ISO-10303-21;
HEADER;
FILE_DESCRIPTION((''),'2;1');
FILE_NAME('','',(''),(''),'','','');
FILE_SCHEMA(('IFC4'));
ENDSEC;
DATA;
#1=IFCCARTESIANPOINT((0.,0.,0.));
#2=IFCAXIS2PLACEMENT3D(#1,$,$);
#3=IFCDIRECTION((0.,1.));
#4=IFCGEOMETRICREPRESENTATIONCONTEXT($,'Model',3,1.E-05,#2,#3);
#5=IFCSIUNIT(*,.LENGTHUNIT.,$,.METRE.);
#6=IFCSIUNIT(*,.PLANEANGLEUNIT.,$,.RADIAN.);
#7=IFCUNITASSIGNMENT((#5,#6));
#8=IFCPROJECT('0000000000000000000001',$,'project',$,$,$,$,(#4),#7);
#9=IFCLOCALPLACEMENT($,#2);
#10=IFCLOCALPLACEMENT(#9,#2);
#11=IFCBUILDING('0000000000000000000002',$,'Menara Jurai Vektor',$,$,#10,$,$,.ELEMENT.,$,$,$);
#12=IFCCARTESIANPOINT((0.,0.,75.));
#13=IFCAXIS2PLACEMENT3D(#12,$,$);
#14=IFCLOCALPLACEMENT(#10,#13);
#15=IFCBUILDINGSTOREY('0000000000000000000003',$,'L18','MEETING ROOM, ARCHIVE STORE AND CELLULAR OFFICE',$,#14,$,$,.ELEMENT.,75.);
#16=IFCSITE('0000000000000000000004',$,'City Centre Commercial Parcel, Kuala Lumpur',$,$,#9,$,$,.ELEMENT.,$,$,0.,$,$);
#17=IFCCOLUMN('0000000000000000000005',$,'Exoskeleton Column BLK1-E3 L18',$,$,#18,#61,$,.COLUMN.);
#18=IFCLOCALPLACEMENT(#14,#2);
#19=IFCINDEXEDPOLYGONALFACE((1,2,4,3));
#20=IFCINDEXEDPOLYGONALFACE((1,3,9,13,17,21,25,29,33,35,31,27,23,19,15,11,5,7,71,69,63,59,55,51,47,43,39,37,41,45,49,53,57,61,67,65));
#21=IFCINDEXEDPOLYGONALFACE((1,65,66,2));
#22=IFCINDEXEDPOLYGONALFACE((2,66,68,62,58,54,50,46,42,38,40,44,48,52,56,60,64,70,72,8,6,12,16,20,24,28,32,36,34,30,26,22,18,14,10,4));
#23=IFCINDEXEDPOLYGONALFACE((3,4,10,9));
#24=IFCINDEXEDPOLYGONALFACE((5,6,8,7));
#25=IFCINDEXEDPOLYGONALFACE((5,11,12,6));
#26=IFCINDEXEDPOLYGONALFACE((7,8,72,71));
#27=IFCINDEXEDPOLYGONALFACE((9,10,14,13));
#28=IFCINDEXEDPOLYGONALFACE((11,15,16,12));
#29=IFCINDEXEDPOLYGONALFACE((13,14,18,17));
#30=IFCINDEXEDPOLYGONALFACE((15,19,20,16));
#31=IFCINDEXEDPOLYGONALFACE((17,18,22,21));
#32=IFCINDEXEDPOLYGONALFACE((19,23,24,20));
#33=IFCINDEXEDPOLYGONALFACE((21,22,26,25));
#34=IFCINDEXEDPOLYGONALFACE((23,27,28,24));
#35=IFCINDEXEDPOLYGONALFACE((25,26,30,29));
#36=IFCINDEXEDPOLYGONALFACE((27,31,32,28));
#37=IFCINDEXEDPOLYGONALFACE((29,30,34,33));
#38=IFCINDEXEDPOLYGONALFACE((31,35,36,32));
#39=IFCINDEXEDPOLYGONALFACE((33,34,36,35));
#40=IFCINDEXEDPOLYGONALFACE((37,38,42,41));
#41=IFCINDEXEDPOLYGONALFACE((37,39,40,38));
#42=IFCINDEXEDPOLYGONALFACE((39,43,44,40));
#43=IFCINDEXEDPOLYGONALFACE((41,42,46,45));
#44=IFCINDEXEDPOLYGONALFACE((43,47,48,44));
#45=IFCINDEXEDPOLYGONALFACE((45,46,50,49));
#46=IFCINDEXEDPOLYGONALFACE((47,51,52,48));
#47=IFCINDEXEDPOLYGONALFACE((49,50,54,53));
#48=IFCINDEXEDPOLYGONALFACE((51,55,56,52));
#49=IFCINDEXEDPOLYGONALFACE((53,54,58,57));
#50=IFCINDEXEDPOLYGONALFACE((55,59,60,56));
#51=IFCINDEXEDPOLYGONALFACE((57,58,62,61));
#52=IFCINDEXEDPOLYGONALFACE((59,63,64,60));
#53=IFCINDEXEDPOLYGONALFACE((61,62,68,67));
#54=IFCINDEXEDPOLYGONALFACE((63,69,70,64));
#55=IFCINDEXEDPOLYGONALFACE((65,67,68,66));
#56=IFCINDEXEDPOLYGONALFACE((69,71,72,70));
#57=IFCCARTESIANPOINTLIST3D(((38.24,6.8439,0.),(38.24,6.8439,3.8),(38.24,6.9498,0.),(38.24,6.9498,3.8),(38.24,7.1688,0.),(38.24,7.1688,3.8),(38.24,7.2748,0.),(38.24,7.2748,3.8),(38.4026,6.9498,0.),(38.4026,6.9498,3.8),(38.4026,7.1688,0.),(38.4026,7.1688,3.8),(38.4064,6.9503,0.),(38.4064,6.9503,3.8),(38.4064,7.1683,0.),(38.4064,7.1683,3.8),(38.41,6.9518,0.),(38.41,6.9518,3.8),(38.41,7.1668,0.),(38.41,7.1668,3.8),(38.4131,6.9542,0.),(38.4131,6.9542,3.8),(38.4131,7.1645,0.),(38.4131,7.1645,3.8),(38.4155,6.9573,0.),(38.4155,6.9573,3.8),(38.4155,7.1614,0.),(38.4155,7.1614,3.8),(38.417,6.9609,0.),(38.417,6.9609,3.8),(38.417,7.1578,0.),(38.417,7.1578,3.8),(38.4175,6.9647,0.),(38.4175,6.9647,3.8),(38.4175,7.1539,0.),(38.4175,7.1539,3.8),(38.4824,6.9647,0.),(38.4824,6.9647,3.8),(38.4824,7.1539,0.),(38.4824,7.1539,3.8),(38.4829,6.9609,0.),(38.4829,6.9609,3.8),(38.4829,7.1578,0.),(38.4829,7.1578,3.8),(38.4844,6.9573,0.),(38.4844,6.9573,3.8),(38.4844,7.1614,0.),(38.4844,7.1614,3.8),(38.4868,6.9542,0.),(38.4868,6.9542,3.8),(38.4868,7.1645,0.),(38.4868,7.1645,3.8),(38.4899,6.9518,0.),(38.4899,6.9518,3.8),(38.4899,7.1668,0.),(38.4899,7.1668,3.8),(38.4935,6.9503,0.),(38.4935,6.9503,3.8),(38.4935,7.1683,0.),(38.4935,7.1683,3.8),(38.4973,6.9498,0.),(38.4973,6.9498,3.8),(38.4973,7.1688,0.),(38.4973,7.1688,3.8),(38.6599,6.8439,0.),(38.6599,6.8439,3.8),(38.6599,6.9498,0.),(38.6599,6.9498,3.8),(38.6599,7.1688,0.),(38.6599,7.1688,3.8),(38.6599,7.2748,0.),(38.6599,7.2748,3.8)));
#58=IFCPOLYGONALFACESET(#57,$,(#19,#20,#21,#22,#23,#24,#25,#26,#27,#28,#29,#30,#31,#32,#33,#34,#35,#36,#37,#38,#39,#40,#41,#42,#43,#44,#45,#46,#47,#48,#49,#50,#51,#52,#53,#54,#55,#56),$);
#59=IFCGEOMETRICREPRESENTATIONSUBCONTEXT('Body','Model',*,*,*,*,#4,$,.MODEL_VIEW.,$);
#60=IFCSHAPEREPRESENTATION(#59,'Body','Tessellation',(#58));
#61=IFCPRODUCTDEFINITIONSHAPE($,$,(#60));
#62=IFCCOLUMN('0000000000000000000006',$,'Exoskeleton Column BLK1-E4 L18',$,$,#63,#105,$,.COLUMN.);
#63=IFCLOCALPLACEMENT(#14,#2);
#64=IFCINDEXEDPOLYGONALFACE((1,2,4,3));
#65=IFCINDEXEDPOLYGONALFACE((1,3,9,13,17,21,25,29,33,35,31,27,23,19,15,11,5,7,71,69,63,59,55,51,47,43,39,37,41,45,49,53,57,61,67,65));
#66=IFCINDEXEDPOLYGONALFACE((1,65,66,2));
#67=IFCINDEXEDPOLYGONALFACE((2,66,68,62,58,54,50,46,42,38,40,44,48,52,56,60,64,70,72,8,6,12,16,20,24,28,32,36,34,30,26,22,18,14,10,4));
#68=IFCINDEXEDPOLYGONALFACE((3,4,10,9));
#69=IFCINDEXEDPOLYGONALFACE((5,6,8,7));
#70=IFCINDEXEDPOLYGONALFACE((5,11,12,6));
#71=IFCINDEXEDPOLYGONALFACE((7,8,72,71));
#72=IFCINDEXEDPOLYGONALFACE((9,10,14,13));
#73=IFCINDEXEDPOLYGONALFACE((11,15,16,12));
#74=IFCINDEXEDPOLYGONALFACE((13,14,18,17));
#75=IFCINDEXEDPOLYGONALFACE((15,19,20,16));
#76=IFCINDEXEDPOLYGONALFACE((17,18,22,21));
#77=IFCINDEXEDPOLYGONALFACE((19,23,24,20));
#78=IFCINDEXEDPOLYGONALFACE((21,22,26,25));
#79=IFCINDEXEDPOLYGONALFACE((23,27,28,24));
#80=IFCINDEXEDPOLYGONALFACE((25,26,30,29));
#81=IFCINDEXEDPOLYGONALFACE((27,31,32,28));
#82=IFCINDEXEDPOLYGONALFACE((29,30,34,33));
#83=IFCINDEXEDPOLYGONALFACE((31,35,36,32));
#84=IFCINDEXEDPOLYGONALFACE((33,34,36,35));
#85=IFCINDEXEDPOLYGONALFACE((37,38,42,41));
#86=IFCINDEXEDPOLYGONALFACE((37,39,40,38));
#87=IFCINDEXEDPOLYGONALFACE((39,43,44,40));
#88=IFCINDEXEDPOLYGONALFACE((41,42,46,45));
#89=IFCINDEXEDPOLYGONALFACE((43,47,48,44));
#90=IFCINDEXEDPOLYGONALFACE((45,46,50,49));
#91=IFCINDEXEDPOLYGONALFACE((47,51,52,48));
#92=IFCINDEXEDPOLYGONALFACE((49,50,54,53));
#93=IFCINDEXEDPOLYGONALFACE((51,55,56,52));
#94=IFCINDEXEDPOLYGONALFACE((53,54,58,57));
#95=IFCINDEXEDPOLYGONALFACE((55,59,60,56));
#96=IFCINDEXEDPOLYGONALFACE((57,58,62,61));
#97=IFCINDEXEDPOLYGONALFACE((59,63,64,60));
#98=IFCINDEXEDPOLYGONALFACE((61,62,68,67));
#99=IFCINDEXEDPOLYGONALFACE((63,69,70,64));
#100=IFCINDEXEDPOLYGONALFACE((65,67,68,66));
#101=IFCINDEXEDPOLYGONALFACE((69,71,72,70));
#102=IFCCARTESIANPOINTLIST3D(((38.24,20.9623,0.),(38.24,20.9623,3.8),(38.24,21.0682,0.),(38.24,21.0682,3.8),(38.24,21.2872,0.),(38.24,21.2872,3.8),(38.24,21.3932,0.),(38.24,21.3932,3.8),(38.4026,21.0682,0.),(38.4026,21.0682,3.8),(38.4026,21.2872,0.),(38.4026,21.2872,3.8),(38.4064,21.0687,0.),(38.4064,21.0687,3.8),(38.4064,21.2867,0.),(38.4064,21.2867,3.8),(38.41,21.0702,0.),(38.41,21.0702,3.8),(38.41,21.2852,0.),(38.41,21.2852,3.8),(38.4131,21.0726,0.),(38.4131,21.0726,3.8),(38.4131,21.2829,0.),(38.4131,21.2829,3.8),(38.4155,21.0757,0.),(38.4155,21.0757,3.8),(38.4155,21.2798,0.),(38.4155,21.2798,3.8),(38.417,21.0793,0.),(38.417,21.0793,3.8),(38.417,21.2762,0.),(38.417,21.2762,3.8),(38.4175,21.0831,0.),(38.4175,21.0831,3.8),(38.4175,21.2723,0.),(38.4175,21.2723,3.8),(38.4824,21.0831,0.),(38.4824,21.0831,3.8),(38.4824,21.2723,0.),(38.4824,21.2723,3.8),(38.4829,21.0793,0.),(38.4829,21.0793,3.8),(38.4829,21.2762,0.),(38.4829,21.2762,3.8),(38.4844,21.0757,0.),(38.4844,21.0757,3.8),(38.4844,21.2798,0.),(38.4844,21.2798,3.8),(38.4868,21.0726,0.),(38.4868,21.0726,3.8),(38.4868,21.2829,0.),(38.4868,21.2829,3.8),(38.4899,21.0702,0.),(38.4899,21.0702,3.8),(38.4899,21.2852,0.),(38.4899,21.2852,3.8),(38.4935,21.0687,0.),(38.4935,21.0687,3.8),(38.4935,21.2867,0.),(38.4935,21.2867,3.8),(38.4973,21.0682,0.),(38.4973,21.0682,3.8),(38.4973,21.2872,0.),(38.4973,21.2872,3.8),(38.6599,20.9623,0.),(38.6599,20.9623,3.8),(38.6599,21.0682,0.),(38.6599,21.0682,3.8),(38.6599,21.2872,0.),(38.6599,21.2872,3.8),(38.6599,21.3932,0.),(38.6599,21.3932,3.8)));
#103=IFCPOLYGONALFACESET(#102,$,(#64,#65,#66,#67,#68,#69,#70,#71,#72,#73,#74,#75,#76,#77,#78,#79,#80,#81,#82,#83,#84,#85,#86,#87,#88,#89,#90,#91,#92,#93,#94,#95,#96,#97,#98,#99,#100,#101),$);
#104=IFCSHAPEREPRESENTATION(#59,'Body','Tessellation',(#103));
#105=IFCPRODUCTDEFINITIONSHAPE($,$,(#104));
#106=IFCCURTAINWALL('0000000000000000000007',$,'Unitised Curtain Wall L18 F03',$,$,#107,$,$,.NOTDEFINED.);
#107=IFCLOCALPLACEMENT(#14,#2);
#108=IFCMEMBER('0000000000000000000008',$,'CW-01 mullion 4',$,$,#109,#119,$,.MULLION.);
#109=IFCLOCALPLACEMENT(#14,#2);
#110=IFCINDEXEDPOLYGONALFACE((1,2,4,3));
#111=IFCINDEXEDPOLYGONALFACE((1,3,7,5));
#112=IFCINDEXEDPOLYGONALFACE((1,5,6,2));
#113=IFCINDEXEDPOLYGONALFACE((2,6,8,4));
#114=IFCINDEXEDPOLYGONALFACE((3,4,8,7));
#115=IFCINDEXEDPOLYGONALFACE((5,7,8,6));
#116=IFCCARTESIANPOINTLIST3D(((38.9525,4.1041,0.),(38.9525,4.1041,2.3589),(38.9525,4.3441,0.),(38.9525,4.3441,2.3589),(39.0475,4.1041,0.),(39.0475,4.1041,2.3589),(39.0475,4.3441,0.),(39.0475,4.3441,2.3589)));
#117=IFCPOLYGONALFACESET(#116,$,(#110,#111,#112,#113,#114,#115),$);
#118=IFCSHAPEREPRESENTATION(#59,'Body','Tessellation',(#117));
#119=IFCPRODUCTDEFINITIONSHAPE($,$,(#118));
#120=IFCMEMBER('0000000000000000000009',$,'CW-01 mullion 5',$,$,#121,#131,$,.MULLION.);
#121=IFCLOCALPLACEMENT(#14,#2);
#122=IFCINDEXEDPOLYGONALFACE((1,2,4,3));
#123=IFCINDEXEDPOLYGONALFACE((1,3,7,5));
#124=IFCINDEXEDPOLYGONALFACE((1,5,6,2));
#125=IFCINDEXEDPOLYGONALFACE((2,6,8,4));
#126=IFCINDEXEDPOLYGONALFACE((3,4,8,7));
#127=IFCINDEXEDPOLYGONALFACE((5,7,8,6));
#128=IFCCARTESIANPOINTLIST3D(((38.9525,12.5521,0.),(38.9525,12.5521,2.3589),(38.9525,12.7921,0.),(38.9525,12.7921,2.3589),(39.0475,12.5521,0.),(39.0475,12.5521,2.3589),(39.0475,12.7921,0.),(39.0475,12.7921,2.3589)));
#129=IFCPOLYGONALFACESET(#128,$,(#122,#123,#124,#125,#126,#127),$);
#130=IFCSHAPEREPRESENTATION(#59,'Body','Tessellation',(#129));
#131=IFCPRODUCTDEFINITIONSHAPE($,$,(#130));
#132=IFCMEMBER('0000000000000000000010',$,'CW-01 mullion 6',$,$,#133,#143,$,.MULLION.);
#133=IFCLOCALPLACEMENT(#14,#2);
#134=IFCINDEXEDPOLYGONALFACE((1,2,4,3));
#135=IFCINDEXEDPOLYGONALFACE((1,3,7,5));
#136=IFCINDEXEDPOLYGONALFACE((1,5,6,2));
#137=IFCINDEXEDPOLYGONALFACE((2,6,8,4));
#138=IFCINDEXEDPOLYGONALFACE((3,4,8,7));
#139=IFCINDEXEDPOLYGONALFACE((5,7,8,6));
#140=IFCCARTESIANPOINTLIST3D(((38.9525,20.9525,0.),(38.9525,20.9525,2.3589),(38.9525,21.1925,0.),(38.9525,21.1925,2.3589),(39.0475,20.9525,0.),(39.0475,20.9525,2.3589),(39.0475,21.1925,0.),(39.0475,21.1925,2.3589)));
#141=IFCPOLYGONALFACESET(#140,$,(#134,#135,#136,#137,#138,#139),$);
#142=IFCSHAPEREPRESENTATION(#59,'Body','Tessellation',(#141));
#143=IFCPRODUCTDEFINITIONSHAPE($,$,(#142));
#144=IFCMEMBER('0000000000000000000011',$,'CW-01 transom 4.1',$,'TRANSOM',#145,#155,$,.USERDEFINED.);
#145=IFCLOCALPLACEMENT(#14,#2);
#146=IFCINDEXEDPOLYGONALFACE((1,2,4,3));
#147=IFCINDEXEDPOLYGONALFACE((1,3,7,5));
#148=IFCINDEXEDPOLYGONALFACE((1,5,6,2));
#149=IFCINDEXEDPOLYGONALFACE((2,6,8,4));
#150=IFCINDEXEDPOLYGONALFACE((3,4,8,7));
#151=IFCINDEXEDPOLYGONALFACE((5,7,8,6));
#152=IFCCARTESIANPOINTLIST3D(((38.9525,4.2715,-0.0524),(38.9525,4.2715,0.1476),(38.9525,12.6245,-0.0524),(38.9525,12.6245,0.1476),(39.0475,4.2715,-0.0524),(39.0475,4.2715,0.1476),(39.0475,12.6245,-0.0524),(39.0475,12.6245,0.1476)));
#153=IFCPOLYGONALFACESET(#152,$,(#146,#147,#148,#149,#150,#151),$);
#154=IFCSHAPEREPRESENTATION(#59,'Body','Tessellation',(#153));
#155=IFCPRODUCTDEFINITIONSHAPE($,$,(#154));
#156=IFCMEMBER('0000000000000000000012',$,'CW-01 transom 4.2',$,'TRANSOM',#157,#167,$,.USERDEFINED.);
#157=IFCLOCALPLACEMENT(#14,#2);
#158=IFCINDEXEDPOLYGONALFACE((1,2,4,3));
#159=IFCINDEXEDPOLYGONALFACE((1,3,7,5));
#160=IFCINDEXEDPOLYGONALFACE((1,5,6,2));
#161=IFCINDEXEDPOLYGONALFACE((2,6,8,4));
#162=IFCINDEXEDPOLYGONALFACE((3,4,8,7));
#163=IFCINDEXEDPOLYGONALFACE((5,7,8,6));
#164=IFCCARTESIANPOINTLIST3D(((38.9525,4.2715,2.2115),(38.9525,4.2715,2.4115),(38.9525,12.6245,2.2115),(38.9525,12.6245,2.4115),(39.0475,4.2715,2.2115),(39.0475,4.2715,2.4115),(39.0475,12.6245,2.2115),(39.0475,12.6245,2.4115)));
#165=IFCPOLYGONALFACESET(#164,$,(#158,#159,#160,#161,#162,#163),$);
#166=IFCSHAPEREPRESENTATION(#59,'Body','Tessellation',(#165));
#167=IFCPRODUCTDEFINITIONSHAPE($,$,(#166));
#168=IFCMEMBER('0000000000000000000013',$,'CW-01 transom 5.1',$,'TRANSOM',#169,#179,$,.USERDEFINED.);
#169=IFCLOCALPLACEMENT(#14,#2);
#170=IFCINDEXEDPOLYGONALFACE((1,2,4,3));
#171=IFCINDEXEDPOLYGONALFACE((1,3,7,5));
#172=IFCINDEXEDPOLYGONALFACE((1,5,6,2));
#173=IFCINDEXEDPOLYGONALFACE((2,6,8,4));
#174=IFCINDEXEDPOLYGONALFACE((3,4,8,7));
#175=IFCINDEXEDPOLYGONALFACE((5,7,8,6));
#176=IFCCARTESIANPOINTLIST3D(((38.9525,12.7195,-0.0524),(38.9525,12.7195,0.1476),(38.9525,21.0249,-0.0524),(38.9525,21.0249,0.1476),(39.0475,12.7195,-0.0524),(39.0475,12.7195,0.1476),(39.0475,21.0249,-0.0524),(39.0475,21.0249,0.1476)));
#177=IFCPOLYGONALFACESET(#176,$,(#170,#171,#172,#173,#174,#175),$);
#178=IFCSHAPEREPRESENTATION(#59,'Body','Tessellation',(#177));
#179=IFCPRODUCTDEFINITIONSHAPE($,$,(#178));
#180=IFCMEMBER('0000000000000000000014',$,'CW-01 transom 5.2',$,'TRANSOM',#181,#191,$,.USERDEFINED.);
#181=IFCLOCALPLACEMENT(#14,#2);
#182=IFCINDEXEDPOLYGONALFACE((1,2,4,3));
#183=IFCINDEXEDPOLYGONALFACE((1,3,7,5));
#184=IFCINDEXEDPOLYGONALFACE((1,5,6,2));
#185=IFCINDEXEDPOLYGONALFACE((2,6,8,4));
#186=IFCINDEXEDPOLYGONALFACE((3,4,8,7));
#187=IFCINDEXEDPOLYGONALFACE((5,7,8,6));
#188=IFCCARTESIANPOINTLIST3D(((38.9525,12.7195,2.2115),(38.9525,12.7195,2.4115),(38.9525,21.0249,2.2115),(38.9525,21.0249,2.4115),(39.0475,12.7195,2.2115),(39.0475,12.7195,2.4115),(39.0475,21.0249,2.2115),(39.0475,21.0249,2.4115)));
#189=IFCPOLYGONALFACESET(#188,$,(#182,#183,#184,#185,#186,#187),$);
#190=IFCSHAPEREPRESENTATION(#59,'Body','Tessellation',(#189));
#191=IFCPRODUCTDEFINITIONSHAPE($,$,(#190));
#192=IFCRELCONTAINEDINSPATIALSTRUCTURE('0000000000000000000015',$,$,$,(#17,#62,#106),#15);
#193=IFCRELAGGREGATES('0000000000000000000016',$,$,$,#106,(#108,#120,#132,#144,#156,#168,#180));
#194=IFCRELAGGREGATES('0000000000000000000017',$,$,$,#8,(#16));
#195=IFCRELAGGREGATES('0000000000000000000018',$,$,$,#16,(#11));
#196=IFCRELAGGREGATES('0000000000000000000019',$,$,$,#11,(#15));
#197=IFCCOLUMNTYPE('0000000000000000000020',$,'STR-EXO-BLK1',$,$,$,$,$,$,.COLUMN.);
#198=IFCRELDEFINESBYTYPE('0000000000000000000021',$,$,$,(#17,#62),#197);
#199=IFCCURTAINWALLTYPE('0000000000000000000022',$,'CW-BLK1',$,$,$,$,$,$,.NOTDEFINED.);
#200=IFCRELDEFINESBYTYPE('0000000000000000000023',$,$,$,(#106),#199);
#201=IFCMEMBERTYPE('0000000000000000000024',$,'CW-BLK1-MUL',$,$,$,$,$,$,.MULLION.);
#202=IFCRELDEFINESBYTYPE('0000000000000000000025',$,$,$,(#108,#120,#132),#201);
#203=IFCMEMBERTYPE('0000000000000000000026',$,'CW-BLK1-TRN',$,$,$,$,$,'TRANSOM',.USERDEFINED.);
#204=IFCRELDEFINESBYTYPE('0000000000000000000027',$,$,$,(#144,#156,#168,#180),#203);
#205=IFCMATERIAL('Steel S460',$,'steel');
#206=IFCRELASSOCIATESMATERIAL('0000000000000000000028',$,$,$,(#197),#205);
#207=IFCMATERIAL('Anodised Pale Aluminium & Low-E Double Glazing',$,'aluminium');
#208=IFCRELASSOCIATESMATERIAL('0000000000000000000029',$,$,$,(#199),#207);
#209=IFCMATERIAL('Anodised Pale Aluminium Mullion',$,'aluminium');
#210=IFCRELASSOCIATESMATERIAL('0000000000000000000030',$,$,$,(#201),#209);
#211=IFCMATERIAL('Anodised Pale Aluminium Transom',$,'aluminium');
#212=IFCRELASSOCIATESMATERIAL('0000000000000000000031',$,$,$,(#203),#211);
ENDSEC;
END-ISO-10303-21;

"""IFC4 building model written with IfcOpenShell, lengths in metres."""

from ifc_helpers import new_model, si_unit, direction, frame, origin, origin_2d, place, context, subcontext, project, spatial, rectangle, i_section, extrude, material, material_profile, profile_set, type_object, element, aggregate, save


model = new_model("IFC4")

# Units and contexts
model_context = context("Model", 3, precision=1e-05, world=origin(), true_north=direction((0.0, 1.0)))
body_context = subcontext(model_context, "Body", "Model", "MODEL_VIEW")
ifc_project = project(units=[si_unit("LENGTHUNIT", "METRE"), si_unit("PLANEANGLEUNIT", "RADIAN")], contexts=[model_context])

# Site, building, storey
site_placement = place(None, origin())
site = spatial("IfcSite", under=ifc_project, at=site_placement, Name="City Centre Commercial Parcel, Kuala Lumpur", CompositionType="ELEMENT", RefElevation=0.0)
building_placement = place(site_placement, origin())
building = spatial("IfcBuilding", under=site, at=building_placement, Name="Menara Jurai Vektor", CompositionType="ELEMENT")
storey_placement = place(building_placement, frame((0.0, 0.0, 75.0)))
storey = spatial("IfcBuildingStorey", under=building, at=storey_placement, Name="L18", Description="MEETING ROOM, ARCHIVE STORE AND CELLULAR OFFICE", CompositionType="ELEMENT", Elevation=75.0)

# Columns
ifc_material_1 = material(Name="Steel S460", Category="steel")
ifc_material_profile_1 = material_profile(ifc_material_1, i_section(OverallWidth=0.4199, OverallDepth=0.4309, WebThickness=0.0649, FlangeThickness=0.106, FilletRadius=0.0149, at=origin_2d()), Name="HD 400x900")
ifc_profile_set_1 = profile_set([ifc_material_profile_1], Name="Steel S460")
column_type = type_object("IfcColumnType", Name="STR-EXO-BLK1", PredefinedType="COLUMN", material=ifc_profile_set_1)
for number, where, z_axis, x_axis, name in (
    (1, (38.45, 7.0593, 0.0), (0.0, 0.0, 1.0), (1.0, 0.0, 0.0), "Exoskeleton Column BLK1-E3 L18"),
    (2, (38.45, 21.1777, 0.0), (0.0, 0.0, 1.0), (1.0, 0.0, 0.0), "Exoskeleton Column BLK1-E4 L18"),
):
    element("IfcColumn", number, at=place(storey_placement, frame(where, z_axis=z_axis, x_axis=x_axis)), inside=storey, type_object=column_type, Name=name, PredefinedType="COLUMN", context=body_context, shape_type="SweptSolid", body=[
        extrude(i_section(OverallWidth=0.4199, OverallDepth=0.4309, WebThickness=0.0649, FlangeThickness=0.106, FilletRadius=0.0149, at=origin_2d()), origin(), (0.0, 0.0, 1.0), 3.8),
    ])

# Curtain wall, members
ifc_material_2 = material(Name="Anodised Pale Aluminium & Low-E Double Glazing", Category="aluminium")
curtain_wall_type = type_object("IfcCurtainWallType", Name="CW-BLK1", PredefinedType="NOTDEFINED", material=ifc_material_2)
curtain_wall_placement = place(storey_placement, origin())
curtain_wall = element("IfcCurtainWall", 3, at=curtain_wall_placement, inside=storey, type_object=curtain_wall_type, Name="Unitised Curtain Wall L18 F03", PredefinedType="NOTDEFINED")
ifc_material_3 = material(Name="Anodised Pale Aluminium Mullion", Category="aluminium")
ifc_material_profile_2 = material_profile(ifc_material_3, rectangle(XDim=0.095, YDim=0.24, at=origin_2d()), Name="ALU MUL 95x240")
ifc_profile_set_2 = profile_set([ifc_material_profile_2], Name="Anodised Pale Aluminium Mullion")
member_type_1 = type_object("IfcMemberType", Name="CW-BLK1-MUL", PredefinedType="MULLION", material=ifc_profile_set_2)
member_1_placement = place(storey_placement, frame((39.0, 4.2241, 0.0), z_axis=(0.0, 0.0, 1.0), x_axis=(-1.0, 0.0, 0.0)))
member_1 = element("IfcMember", 4, at=member_1_placement, type_object=member_type_1, Name="CW-01 mullion 4", PredefinedType="MULLION", context=body_context, shape_type="SweptSolid", body=[
    extrude(rectangle(XDim=0.095, YDim=0.24, at=origin_2d()), origin(), (0.0, 0.0, 1.0), 2.3589),
])
member_2_placement = place(storey_placement, frame((39.0, 12.6721, 0.0), z_axis=(0.0, 0.0, 1.0), x_axis=(-1.0, 0.0, 0.0)))
member_2 = element("IfcMember", 5, at=member_2_placement, type_object=member_type_1, Name="CW-01 mullion 5", PredefinedType="MULLION", context=body_context, shape_type="SweptSolid", body=[
    extrude(rectangle(XDim=0.095, YDim=0.24, at=origin_2d()), origin(), (0.0, 0.0, 1.0), 2.3589),
])
member_3_placement = place(storey_placement, frame((39.0, 21.0725, 0.0), z_axis=(0.0, 0.0, 1.0), x_axis=(-1.0, 0.0, 0.0)))
member_3 = element("IfcMember", 6, at=member_3_placement, type_object=member_type_1, Name="CW-01 mullion 6", PredefinedType="MULLION", context=body_context, shape_type="SweptSolid", body=[
    extrude(rectangle(XDim=0.095, YDim=0.24, at=origin_2d()), origin(), (0.0, 0.0, 1.0), 2.3589),
])
ifc_material_4 = material(Name="Anodised Pale Aluminium Transom", Category="aluminium")
ifc_material_profile_3 = material_profile(ifc_material_4, rectangle(XDim=0.095, YDim=0.2, at=origin_2d()), Name="ALU TRN 95x200")
ifc_profile_set_3 = profile_set([ifc_material_profile_3], Name="Anodised Pale Aluminium Transom")
member_type_2 = type_object("IfcMemberType", Name="CW-BLK1-TRN", ElementType="TRANSOM", PredefinedType="USERDEFINED", material=ifc_profile_set_3)
member_4_placement = place(storey_placement, frame((39.0, 4.2715, 0.0476), z_axis=(0.0, 1.0, 0.0), x_axis=(-1.0, 0.0, 0.0)))
member_4 = element("IfcMember", 7, at=member_4_placement, type_object=member_type_2, Name="CW-01 transom 4.1", ObjectType="TRANSOM", PredefinedType="USERDEFINED", context=body_context, shape_type="SweptSolid", body=[
    extrude(rectangle(XDim=0.095, YDim=0.2, at=origin_2d()), origin(), (0.0, 0.0, 1.0), 8.353),
])
member_5_placement = place(storey_placement, frame((39.0, 4.2715, 2.3115), z_axis=(0.0, 1.0, 0.0), x_axis=(-1.0, 0.0, 0.0)))
member_5 = element("IfcMember", 8, at=member_5_placement, type_object=member_type_2, Name="CW-01 transom 4.2", ObjectType="TRANSOM", PredefinedType="USERDEFINED", context=body_context, shape_type="SweptSolid", body=[
    extrude(rectangle(XDim=0.095, YDim=0.2, at=origin_2d()), origin(), (0.0, 0.0, 1.0), 8.353),
])
member_6_placement = place(storey_placement, frame((39.0, 12.7195, 0.0476), z_axis=(0.0, 1.0, 0.0), x_axis=(-1.0, 0.0, 0.0)))
member_6 = element("IfcMember", 9, at=member_6_placement, type_object=member_type_2, Name="CW-01 transom 5.1", ObjectType="TRANSOM", PredefinedType="USERDEFINED", context=body_context, shape_type="SweptSolid", body=[
    extrude(rectangle(XDim=0.095, YDim=0.2, at=origin_2d()), origin(), (0.0, 0.0, 1.0), 8.3054),
])
member_7_placement = place(storey_placement, frame((39.0, 12.7195, 2.3115), z_axis=(0.0, 1.0, 0.0), x_axis=(-1.0, 0.0, 0.0)))
member_7 = element("IfcMember", 10, at=member_7_placement, type_object=member_type_2, Name="CW-01 transom 5.2", ObjectType="TRANSOM", PredefinedType="USERDEFINED", context=body_context, shape_type="SweptSolid", body=[
    extrude(rectangle(XDim=0.095, YDim=0.2, at=origin_2d()), origin(), (0.0, 0.0, 1.0), 8.3054),
])

aggregate(curtain_wall, [member_1, member_2, member_3, member_4, member_5, member_6, member_7])

save(model, "model.ifc")
